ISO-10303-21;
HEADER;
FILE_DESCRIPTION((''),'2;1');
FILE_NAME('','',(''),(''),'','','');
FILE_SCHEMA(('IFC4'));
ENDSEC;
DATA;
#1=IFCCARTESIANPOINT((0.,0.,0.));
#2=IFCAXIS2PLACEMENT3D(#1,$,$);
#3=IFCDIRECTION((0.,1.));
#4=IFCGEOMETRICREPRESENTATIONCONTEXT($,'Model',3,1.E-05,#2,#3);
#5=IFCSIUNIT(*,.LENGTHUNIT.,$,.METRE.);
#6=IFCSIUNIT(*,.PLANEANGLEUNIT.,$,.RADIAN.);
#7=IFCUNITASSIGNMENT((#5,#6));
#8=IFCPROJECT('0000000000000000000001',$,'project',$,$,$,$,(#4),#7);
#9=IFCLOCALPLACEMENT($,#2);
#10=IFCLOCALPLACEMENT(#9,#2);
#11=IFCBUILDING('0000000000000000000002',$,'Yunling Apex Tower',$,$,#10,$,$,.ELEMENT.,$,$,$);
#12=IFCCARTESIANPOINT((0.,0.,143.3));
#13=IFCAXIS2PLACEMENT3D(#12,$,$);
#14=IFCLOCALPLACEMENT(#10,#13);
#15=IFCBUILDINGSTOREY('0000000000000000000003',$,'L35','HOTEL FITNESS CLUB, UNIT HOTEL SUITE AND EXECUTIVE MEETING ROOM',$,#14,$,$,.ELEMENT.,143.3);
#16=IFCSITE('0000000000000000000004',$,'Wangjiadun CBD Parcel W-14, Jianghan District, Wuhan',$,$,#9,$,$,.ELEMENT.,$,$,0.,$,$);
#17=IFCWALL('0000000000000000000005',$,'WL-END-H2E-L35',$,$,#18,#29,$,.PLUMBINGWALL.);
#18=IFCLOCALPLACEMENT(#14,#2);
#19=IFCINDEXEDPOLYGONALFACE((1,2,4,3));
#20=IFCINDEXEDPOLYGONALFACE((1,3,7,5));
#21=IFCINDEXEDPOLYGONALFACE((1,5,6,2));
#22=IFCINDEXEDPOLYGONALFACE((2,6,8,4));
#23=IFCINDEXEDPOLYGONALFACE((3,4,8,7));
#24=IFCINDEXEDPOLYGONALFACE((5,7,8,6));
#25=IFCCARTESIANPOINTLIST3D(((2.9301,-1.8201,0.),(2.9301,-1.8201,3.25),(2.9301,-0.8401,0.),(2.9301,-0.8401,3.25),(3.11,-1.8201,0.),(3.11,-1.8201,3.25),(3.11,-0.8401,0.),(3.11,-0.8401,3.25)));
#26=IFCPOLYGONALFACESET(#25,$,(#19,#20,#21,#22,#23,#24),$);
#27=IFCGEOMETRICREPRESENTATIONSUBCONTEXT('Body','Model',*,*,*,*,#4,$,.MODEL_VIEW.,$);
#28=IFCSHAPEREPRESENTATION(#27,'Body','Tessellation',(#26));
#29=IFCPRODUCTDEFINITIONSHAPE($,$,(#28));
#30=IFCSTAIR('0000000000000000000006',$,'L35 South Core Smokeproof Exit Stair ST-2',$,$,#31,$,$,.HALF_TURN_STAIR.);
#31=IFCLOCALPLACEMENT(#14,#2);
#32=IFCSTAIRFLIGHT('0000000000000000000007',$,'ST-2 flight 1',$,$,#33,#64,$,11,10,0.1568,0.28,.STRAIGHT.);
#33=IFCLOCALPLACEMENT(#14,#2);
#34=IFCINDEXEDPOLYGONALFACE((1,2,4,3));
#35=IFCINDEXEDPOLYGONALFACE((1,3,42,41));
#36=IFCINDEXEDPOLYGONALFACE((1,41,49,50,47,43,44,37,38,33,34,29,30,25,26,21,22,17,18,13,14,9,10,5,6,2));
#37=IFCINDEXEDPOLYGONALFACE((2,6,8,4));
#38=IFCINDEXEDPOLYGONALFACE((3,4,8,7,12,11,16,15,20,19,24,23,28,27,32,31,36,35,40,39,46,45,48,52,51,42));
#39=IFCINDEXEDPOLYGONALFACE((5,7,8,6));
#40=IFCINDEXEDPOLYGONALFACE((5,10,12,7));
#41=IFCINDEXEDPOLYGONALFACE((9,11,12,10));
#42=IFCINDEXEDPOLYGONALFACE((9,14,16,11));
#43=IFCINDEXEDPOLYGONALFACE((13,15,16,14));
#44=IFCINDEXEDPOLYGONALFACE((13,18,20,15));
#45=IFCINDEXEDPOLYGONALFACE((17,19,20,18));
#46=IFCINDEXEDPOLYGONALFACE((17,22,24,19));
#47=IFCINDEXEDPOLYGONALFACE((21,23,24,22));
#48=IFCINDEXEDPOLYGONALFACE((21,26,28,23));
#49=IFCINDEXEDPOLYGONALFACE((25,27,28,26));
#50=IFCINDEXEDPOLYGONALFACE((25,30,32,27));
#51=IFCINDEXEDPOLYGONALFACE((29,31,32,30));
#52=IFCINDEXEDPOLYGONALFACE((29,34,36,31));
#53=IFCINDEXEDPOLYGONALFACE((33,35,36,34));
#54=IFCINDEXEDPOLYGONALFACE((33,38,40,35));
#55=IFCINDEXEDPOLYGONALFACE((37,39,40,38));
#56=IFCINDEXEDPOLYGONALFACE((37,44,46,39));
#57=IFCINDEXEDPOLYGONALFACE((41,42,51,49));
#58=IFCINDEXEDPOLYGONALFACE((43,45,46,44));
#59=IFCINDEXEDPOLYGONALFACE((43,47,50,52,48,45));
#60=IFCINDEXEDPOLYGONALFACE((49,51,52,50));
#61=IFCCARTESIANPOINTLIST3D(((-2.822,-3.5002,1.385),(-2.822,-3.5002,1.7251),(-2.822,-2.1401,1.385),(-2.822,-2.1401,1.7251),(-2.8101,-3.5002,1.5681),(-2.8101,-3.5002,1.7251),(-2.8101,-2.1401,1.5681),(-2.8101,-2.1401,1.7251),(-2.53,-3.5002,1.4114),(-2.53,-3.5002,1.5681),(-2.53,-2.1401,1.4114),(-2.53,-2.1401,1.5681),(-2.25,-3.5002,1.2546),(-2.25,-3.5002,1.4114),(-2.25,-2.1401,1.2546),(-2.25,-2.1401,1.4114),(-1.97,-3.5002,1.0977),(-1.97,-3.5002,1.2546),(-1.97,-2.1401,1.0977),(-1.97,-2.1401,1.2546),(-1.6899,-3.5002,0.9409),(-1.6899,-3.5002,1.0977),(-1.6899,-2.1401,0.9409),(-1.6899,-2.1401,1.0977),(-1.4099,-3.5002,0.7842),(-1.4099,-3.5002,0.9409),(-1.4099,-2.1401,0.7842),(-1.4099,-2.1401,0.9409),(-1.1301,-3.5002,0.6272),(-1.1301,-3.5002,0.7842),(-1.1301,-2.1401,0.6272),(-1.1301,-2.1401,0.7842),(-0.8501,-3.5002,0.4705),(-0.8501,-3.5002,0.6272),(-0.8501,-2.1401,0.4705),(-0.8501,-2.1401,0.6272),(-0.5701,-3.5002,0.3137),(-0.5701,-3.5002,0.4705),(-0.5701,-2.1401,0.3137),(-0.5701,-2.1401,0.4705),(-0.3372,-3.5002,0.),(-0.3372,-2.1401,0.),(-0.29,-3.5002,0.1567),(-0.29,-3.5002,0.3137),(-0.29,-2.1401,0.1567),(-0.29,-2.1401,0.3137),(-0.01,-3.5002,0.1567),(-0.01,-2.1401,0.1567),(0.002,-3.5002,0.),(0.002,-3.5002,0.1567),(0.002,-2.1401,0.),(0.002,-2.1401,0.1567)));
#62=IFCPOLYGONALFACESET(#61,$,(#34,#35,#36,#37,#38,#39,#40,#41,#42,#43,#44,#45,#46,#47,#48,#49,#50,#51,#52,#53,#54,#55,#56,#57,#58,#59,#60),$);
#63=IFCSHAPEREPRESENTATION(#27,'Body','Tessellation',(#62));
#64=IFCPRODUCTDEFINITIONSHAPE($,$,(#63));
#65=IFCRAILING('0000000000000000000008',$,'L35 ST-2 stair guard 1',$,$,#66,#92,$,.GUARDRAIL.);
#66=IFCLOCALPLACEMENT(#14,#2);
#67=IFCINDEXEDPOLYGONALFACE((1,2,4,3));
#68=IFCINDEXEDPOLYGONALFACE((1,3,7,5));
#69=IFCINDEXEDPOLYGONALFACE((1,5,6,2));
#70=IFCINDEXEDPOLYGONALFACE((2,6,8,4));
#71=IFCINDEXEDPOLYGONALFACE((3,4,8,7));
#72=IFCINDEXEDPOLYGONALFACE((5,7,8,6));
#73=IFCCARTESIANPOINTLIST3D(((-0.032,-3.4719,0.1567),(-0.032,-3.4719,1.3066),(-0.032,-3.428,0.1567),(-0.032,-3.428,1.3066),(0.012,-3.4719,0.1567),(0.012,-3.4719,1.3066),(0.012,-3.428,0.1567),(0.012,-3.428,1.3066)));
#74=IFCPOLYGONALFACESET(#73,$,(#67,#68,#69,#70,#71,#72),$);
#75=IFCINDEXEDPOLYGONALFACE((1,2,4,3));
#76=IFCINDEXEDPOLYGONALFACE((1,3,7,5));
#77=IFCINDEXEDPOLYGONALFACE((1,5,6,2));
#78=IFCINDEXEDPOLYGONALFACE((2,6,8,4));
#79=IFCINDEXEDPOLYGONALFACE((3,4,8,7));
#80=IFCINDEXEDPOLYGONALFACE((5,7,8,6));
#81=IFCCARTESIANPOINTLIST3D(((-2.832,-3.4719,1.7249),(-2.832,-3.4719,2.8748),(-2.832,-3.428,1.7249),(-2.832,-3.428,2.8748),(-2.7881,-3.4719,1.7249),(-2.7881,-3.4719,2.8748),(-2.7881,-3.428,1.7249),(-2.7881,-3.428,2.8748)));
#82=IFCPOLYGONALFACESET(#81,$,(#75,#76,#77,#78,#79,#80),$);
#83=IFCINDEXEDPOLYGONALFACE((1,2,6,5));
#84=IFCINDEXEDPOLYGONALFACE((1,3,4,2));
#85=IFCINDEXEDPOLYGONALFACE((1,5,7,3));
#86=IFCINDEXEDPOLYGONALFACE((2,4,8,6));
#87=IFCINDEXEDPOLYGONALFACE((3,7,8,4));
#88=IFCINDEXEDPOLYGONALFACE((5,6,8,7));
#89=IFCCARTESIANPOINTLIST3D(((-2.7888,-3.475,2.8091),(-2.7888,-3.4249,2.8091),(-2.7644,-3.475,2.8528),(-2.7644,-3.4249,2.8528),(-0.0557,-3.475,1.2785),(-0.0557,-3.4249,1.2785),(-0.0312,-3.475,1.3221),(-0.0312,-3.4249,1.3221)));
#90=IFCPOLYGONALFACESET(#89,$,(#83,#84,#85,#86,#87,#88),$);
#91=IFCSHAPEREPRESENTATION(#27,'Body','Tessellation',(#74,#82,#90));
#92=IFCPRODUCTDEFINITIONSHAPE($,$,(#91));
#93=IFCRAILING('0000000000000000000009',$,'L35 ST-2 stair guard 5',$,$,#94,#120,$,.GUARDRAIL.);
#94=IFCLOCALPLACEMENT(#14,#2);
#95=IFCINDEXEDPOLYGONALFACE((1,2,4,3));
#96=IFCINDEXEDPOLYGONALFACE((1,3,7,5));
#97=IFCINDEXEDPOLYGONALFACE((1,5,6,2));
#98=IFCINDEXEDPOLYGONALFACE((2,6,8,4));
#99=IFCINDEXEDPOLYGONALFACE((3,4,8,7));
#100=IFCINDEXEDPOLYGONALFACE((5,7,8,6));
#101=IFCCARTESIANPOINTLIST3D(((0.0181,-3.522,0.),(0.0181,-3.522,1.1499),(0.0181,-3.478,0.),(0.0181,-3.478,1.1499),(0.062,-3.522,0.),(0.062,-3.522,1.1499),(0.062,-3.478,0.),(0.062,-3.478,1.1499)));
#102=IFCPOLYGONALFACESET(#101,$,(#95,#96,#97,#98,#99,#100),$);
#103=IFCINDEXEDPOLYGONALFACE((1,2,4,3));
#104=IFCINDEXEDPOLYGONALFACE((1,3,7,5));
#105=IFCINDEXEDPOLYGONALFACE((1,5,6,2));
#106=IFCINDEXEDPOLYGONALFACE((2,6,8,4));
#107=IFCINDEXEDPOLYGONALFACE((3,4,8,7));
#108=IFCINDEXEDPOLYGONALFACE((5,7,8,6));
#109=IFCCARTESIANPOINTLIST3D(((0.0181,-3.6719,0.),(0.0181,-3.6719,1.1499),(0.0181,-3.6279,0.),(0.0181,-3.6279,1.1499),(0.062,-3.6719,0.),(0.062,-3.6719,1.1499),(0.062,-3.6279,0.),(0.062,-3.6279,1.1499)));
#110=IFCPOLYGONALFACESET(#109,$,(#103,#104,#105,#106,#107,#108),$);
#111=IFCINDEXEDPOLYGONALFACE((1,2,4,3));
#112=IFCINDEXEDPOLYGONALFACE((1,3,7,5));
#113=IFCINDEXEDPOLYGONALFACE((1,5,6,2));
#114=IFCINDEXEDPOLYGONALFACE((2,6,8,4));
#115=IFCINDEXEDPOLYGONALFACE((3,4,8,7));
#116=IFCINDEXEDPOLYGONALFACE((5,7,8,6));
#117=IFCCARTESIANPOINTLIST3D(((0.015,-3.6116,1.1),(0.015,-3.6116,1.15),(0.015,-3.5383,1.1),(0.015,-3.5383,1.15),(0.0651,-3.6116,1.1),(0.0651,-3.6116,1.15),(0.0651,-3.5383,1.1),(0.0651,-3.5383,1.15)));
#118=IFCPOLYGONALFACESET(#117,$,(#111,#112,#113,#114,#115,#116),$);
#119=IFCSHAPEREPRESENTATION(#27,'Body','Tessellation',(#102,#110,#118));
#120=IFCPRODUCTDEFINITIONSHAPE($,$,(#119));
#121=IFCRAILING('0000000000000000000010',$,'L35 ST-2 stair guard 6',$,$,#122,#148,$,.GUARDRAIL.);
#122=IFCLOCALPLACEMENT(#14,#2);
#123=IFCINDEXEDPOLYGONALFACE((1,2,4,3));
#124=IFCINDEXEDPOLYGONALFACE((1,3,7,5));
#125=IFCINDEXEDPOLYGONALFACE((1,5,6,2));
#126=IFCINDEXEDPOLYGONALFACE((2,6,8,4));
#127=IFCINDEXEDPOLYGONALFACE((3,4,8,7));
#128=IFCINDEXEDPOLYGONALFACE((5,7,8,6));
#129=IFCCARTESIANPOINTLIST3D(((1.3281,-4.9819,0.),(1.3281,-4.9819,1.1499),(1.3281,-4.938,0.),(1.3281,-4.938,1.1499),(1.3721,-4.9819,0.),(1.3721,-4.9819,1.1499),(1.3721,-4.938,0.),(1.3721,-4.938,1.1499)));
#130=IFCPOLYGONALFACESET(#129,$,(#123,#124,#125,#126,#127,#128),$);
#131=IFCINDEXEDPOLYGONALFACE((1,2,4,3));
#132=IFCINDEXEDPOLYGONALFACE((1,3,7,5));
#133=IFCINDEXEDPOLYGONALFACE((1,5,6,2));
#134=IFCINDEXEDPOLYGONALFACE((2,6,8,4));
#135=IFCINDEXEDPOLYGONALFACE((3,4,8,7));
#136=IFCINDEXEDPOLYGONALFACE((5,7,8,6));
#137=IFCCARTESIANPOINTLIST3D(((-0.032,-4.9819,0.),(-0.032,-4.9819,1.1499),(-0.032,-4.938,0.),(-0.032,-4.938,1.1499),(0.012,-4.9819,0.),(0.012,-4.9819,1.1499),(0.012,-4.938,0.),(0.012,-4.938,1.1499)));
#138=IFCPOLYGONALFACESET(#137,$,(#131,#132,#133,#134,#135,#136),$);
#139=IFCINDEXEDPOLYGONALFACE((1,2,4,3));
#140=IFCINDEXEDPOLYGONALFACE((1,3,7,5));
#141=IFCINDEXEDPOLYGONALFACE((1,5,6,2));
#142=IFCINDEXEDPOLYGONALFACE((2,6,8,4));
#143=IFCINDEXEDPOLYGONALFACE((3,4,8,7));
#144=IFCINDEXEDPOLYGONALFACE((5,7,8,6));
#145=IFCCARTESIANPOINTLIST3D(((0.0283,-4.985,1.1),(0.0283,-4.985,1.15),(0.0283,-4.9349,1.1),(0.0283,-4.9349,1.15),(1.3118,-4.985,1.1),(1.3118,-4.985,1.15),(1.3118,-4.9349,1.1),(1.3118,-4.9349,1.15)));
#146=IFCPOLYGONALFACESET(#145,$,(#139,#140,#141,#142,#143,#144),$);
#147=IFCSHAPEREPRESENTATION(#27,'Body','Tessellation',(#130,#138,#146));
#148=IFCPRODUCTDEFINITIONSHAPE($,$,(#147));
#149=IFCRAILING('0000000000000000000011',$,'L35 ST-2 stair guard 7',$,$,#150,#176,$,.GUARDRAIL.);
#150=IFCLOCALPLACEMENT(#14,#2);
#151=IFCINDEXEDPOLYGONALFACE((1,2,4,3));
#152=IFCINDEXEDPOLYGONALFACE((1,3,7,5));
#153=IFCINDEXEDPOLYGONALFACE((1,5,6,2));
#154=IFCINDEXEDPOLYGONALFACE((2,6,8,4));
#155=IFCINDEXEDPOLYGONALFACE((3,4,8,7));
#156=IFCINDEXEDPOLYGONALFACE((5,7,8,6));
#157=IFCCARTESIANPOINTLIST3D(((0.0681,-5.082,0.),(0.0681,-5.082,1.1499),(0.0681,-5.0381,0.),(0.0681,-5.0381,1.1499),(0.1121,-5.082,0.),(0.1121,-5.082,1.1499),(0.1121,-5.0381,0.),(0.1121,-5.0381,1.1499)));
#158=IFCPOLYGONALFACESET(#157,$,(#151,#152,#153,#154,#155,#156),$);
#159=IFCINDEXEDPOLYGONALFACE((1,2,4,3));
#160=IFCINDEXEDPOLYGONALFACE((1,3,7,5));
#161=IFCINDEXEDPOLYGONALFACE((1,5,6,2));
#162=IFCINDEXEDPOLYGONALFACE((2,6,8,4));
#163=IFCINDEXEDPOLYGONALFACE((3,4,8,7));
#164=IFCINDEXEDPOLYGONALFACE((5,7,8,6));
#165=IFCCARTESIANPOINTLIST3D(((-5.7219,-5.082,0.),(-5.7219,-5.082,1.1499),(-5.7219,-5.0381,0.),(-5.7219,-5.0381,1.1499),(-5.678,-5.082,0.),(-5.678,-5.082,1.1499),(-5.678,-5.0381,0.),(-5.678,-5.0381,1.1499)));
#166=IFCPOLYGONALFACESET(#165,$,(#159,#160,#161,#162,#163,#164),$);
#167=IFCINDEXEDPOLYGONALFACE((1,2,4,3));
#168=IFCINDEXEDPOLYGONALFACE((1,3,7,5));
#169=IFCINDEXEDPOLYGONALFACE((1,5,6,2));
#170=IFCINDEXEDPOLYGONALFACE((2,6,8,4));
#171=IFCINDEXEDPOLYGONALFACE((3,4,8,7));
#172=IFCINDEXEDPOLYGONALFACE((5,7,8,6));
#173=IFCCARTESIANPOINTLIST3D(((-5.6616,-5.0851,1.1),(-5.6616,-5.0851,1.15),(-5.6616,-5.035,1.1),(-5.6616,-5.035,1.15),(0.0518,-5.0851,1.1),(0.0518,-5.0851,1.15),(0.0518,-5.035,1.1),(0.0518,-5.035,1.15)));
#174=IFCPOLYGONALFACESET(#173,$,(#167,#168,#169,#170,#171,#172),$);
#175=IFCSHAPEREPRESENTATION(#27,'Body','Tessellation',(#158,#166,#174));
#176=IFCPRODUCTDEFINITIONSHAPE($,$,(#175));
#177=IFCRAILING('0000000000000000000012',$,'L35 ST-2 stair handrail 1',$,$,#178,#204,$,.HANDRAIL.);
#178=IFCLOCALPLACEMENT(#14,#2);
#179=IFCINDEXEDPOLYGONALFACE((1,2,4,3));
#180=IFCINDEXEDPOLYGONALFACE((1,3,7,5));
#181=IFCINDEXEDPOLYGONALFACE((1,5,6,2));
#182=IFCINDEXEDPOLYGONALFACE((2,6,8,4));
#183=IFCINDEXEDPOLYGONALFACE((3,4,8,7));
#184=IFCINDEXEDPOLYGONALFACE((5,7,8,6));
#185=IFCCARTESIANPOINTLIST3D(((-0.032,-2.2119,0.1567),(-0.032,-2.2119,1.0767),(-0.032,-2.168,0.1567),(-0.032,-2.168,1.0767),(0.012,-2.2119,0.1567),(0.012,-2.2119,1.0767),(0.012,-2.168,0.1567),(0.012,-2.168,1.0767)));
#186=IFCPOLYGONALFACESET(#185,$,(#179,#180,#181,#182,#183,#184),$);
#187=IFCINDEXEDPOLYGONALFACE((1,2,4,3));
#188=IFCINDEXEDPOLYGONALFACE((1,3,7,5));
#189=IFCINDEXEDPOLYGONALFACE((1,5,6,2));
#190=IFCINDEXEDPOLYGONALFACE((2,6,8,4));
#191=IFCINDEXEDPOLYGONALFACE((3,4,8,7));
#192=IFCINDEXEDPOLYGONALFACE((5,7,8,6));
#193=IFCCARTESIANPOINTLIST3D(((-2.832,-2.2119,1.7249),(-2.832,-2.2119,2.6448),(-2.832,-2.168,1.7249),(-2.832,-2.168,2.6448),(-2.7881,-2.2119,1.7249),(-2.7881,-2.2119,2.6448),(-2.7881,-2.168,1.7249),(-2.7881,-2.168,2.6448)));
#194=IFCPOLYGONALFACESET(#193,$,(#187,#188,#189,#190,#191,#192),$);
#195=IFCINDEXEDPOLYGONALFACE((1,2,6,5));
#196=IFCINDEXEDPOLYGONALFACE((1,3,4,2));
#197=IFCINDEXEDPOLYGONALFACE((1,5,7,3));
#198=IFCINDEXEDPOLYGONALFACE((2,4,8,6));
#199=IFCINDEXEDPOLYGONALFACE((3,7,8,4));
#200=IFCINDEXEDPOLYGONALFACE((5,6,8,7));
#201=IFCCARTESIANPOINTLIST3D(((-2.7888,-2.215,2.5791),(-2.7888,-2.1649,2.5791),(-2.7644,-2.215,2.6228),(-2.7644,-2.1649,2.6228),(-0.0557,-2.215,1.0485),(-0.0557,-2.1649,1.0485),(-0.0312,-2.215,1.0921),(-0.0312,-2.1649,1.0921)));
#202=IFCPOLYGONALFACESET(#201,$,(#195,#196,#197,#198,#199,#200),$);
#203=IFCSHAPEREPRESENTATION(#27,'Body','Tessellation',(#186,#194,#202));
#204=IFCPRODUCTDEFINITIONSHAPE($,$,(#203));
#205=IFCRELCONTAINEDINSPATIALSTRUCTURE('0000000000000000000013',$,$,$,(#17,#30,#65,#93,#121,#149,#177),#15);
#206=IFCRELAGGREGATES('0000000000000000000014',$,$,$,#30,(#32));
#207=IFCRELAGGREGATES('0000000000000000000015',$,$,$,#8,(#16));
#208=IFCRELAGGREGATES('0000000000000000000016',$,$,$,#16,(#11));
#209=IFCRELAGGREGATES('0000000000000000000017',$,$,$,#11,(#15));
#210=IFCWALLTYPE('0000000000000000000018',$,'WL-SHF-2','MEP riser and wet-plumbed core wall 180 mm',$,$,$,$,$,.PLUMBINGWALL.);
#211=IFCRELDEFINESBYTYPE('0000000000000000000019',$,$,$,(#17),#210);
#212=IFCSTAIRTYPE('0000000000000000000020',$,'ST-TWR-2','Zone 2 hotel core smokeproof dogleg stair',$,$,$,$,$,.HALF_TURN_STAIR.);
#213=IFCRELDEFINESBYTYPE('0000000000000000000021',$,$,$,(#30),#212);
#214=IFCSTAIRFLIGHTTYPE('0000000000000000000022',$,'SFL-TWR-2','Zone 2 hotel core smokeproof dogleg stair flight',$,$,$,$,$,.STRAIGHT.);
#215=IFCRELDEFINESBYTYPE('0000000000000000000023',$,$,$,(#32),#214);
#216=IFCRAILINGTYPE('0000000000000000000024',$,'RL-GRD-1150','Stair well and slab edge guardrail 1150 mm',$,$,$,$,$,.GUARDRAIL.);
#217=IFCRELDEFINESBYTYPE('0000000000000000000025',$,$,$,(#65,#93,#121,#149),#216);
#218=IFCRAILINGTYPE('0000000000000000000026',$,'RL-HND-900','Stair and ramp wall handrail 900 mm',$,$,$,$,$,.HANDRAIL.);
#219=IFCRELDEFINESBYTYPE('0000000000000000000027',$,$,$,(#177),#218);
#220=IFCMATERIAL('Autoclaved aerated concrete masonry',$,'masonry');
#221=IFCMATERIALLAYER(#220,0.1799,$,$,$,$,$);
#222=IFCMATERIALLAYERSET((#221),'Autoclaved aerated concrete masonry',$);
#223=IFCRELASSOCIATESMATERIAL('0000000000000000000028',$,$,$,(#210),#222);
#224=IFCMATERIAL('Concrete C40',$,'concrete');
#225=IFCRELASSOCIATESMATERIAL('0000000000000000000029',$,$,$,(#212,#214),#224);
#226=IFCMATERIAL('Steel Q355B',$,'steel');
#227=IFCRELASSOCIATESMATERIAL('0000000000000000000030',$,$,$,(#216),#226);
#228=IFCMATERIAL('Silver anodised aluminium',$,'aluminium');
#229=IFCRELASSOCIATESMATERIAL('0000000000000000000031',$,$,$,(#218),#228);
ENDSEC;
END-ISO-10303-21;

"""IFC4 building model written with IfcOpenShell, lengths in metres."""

from ifc_helpers import new_model, si_unit, direction, frame, frame_2d, origin, origin_2d, place, context, subcontext, project, spatial, polyline, rectangle, outline, extrude, material, layer, layer_set, type_object, element, aggregate, save


model = new_model("IFC4")

# Units and contexts
model_context = context("Model", 3, precision=1e-05, world=origin(), true_north=direction((0.0, 1.0)))
body_context = subcontext(model_context, "Body", "Model", "MODEL_VIEW")
ifc_project = project(units=[si_unit("LENGTHUNIT", "METRE"), si_unit("PLANEANGLEUNIT", "RADIAN")], contexts=[model_context])

# Site, building, storey
site_placement = place(None, origin())
site = spatial("IfcSite", under=ifc_project, at=site_placement, Name="Wangjiadun CBD Parcel W-14, Jianghan District, Wuhan", CompositionType="ELEMENT", RefElevation=0.0)
building_placement = place(site_placement, origin())
building = spatial("IfcBuilding", under=site, at=building_placement, Name="Yunling Apex Tower", CompositionType="ELEMENT")
storey_placement = place(building_placement, frame((0.0, 0.0, 143.3)))
storey = spatial("IfcBuildingStorey", under=building, at=storey_placement, Name="L35", Description="HOTEL FITNESS CLUB, UNIT HOTEL SUITE AND EXECUTIVE MEETING ROOM", CompositionType="ELEMENT", Elevation=143.3)

# Shared definitions
ifc_material_1 = material(Name="Steel Q355B", Category="steel")

# Shared definitions
ifc_material_2 = material(Name="Concrete C40", Category="concrete")

# Shared definitions
ifc_material_3 = material(Name="Autoclaved aerated concrete masonry", Category="masonry")

# Wall
ifc_layer_1 = layer(ifc_material_3, 0.1799)
ifc_layer_set_1 = layer_set([ifc_layer_1], Name="Autoclaved aerated concrete masonry")
wall_type_1 = type_object("IfcWallType", Name="WL-SHF-2", Description="MEP riser and wet-plumbed core wall 180 mm", PredefinedType="PLUMBINGWALL", material=ifc_layer_set_1)
for number, where, z_axis, x_axis, name in (
    (1, (3.02, -1.8201, 0.0), (0.0, 0.0, 1.0), (0.0, 1.0, 0.0), "WL-END-H2E-L35"),
):
    element("IfcWall", number, at=place(storey_placement, frame(where, z_axis=z_axis, x_axis=x_axis)), inside=storey, type_object=wall_type_1, Name=name, PredefinedType="PLUMBINGWALL", context=body_context, shape_type="SweptSolid", body=[
        extrude(rectangle(XDim=0.98, YDim=0.1799, at=frame_2d((0.49, 0.0))), origin(), (0.0, 0.0, 1.0), 3.25),
    ])

# Stair, stair flight
stair_type = type_object("IfcStairType", Name="ST-TWR-2", Description="Zone 2 hotel core smokeproof dogleg stair", PredefinedType="HALF_TURN_STAIR", material=ifc_material_2)
stair_placement = place(storey_placement, origin())
stair = element("IfcStair", 2, at=stair_placement, inside=storey, type_object=stair_type, Name="L35 South Core Smokeproof Exit Stair ST-2", PredefinedType="HALF_TURN_STAIR")
stair_flight_type = type_object("IfcStairFlightType", Name="SFL-TWR-2", Description="Zone 2 hotel core smokeproof dogleg stair flight", PredefinedType="STRAIGHT", material=ifc_material_2)
stair_flight_placement = place(storey_placement, frame((-0.01, -2.8201, 0.0), z_axis=(0.0, 0.0, 1.0), x_axis=(-1.0, 0.0, 0.0)))
stair_flight = element("IfcStairFlight", 3, at=stair_flight_placement, type_object=stair_flight_type, Name="ST-2 flight 1", NumberOfRisers=11, NumberOfTreads=10, PredefinedType="STRAIGHT", RiserHeight=0.1568, TreadLength=0.28, context=body_context, shape_type="SweptSolid", body=[
    extrude(outline(polyline([(-0.012, 0.0), (-0.012, 0.1567), (0.0, 0.1567), (0.28, 0.1567), (0.28, 0.3137), (0.5601, 0.3137), (0.5601, 0.4705), (0.8401, 0.4705), (0.8401, 0.6272), (1.1201, 0.6272), (1.1201, 0.7842), (1.3999, 0.7842), (1.3999, 0.9409), (1.6799, 0.9409), (1.6799, 1.0977), (1.96, 1.0977), (1.96, 1.2546), (2.24, 1.2546), (2.24, 1.4114), (2.52, 1.4114), (2.52, 1.5681), (2.8, 1.5681), (2.8, 1.7251), (2.812, 1.7251), (2.812, 1.385), (0.3271, 0.0), (-0.012, 0.0)])), frame((0.0, 0.6802, 0.0), z_axis=(0.0, -1.0, 0.0), x_axis=(1.0, 0.0, 0.0)), (0.0, 0.0, 1.0), 1.3601),
])
aggregate(stair, [stair_flight])

# Railings
railing_type_1 = type_object("IfcRailingType", Name="RL-GRD-1150", Description="Stair well and slab edge guardrail 1150 mm", PredefinedType="GUARDRAIL", material=ifc_material_1)
railing_1_placement = place(storey_placement, frame((-0.01, -3.45, 0.1567)))
element("IfcRailing", 4, at=railing_1_placement, inside=storey, type_object=railing_type_1, Name="L35 ST-2 stair guard 1", PredefinedType="GUARDRAIL", context=body_context, shape_type="SweptSolid", body=[
    extrude(rectangle(XDim=0.0439, YDim=0.0439, at=origin_2d()), origin(), (0.0, 0.0, 1.0), 1.1499),
    extrude(rectangle(XDim=0.0439, YDim=0.0439, at=origin_2d()), frame((-2.8, 0.0, 1.5681)), (0.0, 0.0, 1.0), 1.1499),
    extrude(rectangle(XDim=0.05, YDim=0.05, at=origin_2d()), frame((-0.0334, 0.0, 1.1436), z_axis=(-0.872494, 0.0, 0.488624), x_axis=(0.0, -1.0, 0.0)), (0.0, 0.0, 1.0), 3.1326),
])
railing_2_placement = place(storey_placement, frame((0.04, -3.5, 0.0)))
element("IfcRailing", 5, at=railing_2_placement, inside=storey, type_object=railing_type_1, Name="L35 ST-2 stair guard 5", PredefinedType="GUARDRAIL", context=body_context, shape_type="SweptSolid", body=[
    extrude(rectangle(XDim=0.0439, YDim=0.0439, at=origin_2d()), origin(), (0.0, 0.0, 1.0), 1.1499),
    extrude(rectangle(XDim=0.0439, YDim=0.0439, at=origin_2d()), frame((0.0, -0.1499, 0.0)), (0.0, 0.0, 1.0), 1.1499),
    extrude(rectangle(XDim=0.05, YDim=0.05, at=origin_2d()), frame((0.0, -0.0383, 1.125), z_axis=(0.0, -1.0, 0.0), x_axis=(1.0, 0.0, 0.0)), (0.0, 0.0, 1.0), 0.0732),
])
railing_3_placement = place(storey_placement, frame((1.3501, -4.96, 0.0)))
element("IfcRailing", 6, at=railing_3_placement, inside=storey, type_object=railing_type_1, Name="L35 ST-2 stair guard 6", PredefinedType="GUARDRAIL", context=body_context, shape_type="SweptSolid", body=[
    extrude(rectangle(XDim=0.0439, YDim=0.0439, at=origin_2d()), origin(), (0.0, 0.0, 1.0), 1.1499),
    extrude(rectangle(XDim=0.0439, YDim=0.0439, at=origin_2d()), frame((-1.3601, 0.0, 0.0)), (0.0, 0.0, 1.0), 1.1499),
    extrude(rectangle(XDim=0.05, YDim=0.05, at=origin_2d()), frame((-0.0383, 0.0, 1.125), z_axis=(-1.0, 0.0, 0.0), x_axis=(0.0, -1.0, 0.0)), (0.0, 0.0, 1.0), 1.2834),
])
railing_4_placement = place(storey_placement, frame((0.0901, -5.0601, 0.0)))
element("IfcRailing", 7, at=railing_4_placement, inside=storey, type_object=railing_type_1, Name="L35 ST-2 stair guard 7", PredefinedType="GUARDRAIL", context=body_context, shape_type="SweptSolid", body=[
    extrude(rectangle(XDim=0.0439, YDim=0.0439, at=origin_2d()), origin(), (0.0, 0.0, 1.0), 1.1499),
    extrude(rectangle(XDim=0.0439, YDim=0.0439, at=origin_2d()), frame((-5.79, 0.0, 0.0)), (0.0, 0.0, 1.0), 1.1499),
    extrude(rectangle(XDim=0.05, YDim=0.05, at=origin_2d()), frame((-0.0383, 0.0, 1.125), z_axis=(-1.0, 0.0, 0.0), x_axis=(0.0, -1.0, 0.0)), (0.0, 0.0, 1.0), 5.7134),
])
ifc_material_4 = material(Name="Silver anodised aluminium", Category="aluminium")
railing_type_2 = type_object("IfcRailingType", Name="RL-HND-900", Description="Stair and ramp wall handrail 900 mm", PredefinedType="HANDRAIL", material=ifc_material_4)
railing_5_placement = place(storey_placement, frame((-0.01, -2.1899, 0.1567)))
element("IfcRailing", 8, at=railing_5_placement, inside=storey, type_object=railing_type_2, Name="L35 ST-2 stair handrail 1", PredefinedType="HANDRAIL", context=body_context, shape_type="SweptSolid", body=[
    extrude(rectangle(XDim=0.0439, YDim=0.0439, at=origin_2d()), origin(), (0.0, 0.0, 1.0), 0.9199),
    extrude(rectangle(XDim=0.0439, YDim=0.0439, at=origin_2d()), frame((-2.8, 0.0, 1.5681)), (0.0, 0.0, 1.0), 0.9199),
    extrude(rectangle(XDim=0.05, YDim=0.05, at=origin_2d()), frame((-0.0334, 0.0, 0.9136), z_axis=(-0.872494, 0.0, 0.488624), x_axis=(0.0, -1.0, 0.0)), (0.0, 0.0, 1.0), 3.1326),
])

save(model, "model.ifc")
